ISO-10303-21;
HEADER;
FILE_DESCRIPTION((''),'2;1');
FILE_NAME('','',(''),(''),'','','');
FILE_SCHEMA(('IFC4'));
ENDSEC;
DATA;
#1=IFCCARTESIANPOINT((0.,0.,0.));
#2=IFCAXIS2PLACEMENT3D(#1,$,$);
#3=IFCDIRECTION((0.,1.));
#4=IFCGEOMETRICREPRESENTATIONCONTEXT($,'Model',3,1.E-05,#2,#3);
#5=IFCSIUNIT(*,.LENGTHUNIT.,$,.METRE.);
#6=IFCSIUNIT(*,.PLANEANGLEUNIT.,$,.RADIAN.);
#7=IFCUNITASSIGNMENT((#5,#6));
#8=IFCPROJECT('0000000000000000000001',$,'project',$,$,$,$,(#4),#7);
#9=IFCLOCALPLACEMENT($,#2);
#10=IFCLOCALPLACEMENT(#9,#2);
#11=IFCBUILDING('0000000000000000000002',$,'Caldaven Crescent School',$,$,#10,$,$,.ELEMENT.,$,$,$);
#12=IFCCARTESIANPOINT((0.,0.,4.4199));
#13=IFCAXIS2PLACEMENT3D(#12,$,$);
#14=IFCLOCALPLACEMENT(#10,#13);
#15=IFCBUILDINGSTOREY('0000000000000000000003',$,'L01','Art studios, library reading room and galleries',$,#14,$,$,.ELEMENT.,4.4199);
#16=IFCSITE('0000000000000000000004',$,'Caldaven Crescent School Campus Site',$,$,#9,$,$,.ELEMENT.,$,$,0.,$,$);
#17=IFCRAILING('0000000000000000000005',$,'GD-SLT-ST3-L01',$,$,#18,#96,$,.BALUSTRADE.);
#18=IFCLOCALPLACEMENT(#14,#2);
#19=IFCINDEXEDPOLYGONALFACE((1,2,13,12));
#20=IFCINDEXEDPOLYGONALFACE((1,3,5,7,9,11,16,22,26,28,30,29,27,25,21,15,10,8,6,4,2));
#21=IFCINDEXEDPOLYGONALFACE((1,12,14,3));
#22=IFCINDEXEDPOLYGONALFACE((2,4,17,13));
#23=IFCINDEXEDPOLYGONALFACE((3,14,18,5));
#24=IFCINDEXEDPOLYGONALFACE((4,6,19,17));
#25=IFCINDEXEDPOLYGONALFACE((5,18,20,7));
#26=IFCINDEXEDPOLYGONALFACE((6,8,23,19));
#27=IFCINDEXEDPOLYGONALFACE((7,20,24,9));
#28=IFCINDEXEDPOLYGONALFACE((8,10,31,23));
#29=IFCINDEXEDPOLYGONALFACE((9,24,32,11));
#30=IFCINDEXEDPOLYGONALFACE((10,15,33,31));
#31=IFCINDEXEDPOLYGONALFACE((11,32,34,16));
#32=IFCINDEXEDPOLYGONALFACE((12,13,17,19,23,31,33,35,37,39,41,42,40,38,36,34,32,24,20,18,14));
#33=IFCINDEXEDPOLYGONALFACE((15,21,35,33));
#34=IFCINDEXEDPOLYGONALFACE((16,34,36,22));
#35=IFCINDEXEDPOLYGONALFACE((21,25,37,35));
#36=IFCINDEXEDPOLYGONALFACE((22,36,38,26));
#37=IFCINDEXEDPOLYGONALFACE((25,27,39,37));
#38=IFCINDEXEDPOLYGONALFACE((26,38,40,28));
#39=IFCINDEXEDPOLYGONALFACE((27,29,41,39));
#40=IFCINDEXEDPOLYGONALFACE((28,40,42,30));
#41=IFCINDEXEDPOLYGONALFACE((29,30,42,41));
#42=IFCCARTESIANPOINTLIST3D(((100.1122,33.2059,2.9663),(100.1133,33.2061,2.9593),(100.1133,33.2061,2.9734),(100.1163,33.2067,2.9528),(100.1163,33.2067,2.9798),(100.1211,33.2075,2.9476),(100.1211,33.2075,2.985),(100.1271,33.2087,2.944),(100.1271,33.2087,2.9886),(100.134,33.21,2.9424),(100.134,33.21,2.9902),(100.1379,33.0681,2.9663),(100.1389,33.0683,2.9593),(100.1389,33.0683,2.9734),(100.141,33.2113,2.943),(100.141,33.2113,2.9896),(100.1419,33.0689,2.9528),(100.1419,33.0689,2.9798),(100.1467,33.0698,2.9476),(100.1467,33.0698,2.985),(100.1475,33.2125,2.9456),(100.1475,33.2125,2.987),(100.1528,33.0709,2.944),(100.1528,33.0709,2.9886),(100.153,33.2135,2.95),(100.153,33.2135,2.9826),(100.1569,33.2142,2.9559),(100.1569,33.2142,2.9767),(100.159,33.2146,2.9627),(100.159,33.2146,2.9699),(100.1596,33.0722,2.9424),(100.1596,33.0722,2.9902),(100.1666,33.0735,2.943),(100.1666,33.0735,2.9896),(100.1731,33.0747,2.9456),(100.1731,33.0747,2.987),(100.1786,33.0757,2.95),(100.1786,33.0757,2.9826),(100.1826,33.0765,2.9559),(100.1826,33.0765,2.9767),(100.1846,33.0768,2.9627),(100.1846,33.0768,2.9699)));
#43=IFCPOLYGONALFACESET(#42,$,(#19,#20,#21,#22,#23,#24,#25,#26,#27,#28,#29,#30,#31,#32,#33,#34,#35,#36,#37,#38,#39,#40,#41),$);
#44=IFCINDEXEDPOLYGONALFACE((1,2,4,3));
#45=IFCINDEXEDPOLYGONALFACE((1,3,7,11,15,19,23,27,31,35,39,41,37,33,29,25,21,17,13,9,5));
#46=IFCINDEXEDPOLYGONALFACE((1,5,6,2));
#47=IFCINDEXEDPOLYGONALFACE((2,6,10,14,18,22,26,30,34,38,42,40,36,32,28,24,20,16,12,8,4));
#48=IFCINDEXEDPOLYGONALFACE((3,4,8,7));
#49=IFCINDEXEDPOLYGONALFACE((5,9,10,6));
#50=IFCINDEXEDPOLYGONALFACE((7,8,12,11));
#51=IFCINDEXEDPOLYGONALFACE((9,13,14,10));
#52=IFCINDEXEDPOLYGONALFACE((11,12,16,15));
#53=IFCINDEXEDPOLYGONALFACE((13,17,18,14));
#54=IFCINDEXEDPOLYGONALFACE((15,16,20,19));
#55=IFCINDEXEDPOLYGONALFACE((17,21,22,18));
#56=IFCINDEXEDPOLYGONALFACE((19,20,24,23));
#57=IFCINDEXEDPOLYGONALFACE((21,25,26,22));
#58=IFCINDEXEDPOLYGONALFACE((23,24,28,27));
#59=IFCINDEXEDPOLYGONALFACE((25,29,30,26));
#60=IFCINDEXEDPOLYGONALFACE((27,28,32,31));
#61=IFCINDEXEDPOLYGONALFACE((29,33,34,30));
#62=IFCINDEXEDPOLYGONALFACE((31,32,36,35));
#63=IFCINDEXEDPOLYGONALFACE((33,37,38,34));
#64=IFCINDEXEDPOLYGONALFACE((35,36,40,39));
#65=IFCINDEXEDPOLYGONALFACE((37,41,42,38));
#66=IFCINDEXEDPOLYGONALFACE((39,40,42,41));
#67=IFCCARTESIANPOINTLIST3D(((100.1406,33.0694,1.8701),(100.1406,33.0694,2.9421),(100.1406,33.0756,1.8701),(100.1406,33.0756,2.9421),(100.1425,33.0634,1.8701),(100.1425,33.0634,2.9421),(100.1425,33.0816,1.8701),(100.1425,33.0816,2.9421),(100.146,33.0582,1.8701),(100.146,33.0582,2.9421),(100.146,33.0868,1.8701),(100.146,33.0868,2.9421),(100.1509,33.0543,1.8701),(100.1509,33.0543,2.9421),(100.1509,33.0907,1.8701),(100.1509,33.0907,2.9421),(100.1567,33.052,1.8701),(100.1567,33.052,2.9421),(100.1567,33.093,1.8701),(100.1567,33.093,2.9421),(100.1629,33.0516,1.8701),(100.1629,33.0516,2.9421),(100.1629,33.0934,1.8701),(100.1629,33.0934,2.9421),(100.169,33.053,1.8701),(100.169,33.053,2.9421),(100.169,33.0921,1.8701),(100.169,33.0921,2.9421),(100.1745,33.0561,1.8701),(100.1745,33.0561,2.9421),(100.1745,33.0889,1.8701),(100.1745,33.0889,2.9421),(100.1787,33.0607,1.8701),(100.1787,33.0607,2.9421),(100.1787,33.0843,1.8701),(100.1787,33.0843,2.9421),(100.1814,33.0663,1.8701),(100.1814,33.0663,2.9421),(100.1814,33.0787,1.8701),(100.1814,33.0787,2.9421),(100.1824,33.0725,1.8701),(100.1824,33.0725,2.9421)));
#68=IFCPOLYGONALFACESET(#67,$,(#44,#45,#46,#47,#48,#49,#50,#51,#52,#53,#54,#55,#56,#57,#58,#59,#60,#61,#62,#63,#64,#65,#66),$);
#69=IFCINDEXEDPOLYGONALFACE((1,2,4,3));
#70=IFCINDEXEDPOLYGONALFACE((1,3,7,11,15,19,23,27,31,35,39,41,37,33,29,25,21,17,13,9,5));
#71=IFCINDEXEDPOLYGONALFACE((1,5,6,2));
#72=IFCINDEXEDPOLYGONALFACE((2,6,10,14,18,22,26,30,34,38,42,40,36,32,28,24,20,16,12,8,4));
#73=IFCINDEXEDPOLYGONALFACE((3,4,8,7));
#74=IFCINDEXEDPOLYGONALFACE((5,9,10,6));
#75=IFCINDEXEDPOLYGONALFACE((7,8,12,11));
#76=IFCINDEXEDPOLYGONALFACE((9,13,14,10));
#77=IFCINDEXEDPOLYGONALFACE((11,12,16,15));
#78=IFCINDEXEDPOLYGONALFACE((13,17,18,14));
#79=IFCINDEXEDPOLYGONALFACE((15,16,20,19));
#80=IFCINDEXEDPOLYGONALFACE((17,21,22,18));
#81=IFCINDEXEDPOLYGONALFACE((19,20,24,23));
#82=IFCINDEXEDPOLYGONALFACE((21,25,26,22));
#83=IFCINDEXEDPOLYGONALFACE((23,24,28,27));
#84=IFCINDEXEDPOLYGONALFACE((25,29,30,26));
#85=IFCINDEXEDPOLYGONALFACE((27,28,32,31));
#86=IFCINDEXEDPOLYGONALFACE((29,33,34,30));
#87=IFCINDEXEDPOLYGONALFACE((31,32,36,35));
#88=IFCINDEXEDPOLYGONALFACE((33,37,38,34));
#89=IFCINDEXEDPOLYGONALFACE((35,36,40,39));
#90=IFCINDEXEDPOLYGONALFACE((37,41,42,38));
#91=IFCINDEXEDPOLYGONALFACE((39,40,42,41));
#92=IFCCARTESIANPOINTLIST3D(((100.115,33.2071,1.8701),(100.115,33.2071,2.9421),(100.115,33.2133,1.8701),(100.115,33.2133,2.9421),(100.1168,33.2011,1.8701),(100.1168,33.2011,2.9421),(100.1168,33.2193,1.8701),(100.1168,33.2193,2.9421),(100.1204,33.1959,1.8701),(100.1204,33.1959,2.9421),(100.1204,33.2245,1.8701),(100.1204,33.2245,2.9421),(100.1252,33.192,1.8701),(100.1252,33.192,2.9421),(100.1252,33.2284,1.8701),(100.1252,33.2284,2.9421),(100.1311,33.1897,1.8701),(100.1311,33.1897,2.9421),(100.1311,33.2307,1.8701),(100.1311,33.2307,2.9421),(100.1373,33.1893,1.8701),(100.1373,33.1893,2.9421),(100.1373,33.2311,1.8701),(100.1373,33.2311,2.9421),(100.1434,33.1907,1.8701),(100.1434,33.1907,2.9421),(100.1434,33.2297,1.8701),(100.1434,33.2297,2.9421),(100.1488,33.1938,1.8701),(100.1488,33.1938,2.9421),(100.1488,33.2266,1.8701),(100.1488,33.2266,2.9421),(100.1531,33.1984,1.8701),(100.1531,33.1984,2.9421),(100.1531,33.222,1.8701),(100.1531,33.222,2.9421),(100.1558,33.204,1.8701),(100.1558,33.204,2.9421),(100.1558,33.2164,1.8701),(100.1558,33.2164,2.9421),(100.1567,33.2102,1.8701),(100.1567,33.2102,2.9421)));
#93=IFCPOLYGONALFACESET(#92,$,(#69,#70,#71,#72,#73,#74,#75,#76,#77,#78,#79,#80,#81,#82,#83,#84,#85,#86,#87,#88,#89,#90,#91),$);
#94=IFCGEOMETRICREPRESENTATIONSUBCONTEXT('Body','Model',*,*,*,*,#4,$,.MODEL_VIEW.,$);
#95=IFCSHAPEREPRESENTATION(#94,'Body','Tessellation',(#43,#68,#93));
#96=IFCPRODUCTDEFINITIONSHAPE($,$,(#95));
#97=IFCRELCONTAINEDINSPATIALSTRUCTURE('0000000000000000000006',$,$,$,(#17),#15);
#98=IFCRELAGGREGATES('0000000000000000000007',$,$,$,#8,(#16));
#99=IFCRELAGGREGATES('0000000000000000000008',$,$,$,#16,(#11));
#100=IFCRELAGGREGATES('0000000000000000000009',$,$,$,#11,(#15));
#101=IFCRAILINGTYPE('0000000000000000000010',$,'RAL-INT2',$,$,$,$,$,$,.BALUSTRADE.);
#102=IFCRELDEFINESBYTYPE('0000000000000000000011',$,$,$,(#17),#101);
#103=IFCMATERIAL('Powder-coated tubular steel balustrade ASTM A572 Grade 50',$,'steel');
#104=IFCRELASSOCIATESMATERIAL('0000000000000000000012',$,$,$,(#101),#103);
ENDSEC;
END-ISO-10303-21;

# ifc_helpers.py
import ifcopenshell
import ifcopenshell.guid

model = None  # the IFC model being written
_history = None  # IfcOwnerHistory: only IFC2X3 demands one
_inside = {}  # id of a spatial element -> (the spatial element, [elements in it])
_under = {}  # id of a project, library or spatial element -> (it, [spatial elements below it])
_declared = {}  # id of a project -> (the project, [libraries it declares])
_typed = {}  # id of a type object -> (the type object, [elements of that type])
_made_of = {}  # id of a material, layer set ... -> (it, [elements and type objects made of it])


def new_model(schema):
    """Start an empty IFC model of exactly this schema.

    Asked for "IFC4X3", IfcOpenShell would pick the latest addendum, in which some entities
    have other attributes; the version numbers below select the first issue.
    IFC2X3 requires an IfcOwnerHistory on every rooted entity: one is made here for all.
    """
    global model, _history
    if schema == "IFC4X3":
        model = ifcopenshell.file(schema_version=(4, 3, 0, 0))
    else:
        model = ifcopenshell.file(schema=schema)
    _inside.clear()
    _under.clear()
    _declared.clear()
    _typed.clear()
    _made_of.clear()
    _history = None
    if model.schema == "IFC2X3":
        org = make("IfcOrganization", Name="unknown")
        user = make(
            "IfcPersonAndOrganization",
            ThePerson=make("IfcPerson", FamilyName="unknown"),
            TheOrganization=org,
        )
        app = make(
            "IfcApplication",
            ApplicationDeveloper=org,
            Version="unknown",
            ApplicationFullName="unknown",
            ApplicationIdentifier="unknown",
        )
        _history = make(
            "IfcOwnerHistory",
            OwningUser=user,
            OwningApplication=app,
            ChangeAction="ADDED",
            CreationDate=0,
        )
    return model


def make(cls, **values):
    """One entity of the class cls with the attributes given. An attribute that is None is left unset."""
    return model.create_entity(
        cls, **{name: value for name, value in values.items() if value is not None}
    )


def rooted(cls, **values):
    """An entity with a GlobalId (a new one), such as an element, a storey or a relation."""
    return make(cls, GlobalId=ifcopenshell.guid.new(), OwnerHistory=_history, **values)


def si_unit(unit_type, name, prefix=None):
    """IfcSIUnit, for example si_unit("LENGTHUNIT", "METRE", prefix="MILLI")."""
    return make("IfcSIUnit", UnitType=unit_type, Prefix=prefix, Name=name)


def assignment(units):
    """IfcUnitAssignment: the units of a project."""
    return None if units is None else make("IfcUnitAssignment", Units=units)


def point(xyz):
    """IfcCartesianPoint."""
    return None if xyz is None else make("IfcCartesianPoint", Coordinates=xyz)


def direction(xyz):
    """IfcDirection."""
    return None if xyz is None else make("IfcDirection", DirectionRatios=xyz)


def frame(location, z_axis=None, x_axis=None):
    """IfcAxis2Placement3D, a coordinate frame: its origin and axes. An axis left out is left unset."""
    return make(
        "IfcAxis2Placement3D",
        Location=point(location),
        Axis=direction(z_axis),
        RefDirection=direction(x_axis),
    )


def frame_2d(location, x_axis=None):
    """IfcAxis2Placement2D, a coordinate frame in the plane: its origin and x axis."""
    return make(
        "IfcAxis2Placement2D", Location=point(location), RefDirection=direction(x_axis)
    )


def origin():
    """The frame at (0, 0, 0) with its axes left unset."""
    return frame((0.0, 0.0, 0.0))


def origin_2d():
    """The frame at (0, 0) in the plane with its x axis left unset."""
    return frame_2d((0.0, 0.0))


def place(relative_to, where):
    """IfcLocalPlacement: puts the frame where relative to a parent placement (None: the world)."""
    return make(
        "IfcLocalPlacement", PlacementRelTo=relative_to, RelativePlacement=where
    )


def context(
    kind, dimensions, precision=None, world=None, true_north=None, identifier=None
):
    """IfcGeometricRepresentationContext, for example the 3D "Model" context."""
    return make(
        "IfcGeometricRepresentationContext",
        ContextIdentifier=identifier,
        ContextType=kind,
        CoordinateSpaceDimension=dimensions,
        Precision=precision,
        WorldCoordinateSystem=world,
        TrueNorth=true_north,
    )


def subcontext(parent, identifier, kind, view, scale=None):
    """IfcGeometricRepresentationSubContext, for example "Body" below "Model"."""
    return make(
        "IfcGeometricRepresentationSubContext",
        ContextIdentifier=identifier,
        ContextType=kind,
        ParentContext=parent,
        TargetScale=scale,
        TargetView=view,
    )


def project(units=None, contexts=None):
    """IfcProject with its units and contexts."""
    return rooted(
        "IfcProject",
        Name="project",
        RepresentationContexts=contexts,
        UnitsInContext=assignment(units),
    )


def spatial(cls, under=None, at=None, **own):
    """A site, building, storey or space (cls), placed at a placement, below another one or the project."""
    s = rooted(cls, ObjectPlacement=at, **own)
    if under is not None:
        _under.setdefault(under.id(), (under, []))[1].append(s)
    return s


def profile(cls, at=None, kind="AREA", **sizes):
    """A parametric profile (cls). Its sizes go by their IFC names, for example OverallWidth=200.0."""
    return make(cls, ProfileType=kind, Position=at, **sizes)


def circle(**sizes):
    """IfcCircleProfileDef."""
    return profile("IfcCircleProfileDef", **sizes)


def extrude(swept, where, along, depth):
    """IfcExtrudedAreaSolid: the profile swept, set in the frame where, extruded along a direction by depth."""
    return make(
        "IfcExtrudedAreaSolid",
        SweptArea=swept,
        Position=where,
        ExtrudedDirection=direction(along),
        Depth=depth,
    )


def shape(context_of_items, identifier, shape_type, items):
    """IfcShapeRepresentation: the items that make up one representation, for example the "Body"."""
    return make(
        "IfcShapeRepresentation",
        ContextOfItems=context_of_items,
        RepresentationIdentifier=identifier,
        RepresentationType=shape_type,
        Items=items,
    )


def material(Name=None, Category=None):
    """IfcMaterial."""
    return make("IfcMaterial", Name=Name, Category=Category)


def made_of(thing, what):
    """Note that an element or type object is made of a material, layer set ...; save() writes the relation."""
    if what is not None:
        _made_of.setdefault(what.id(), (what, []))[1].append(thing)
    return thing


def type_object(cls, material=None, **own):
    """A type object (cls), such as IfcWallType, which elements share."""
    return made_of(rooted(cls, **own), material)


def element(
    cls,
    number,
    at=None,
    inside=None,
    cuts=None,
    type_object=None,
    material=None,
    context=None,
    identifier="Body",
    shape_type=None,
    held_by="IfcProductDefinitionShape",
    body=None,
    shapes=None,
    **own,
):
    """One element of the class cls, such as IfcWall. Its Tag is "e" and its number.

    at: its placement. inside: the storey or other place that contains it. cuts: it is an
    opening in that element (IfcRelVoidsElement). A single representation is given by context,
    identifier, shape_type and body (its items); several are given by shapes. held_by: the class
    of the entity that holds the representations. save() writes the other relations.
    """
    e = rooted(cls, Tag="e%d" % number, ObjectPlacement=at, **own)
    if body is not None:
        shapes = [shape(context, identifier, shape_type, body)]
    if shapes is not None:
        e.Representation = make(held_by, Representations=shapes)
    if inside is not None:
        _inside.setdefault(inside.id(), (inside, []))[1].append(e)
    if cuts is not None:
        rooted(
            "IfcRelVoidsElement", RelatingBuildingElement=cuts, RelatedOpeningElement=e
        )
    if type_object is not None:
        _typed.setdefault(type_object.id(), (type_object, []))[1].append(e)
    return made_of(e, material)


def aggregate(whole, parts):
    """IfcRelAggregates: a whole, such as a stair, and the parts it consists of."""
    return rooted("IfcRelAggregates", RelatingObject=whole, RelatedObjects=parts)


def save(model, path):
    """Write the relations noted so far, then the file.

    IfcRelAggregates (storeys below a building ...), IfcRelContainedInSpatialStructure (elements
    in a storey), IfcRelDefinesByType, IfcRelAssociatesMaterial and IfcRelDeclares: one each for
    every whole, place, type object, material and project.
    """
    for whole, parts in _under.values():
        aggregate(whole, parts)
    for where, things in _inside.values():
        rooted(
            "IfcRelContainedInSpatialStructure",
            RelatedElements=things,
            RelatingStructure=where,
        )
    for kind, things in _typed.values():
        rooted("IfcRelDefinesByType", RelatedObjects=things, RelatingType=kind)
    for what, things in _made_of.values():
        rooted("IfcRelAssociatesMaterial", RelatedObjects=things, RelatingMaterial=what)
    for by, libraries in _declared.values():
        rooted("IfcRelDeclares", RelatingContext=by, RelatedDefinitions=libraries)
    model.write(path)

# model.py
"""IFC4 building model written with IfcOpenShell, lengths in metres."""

from ifc_helpers import new_model, si_unit, direction, frame, origin, origin_2d, place, context, subcontext, project, spatial, circle, extrude, material, type_object, element, save


model = new_model("IFC4")

# Units and contexts
model_context = context("Model", 3, precision=1e-05, world=origin(), true_north=direction((0.0, 1.0)))
body_context = subcontext(model_context, "Body", "Model", "MODEL_VIEW")
ifc_project = project(units=[si_unit("LENGTHUNIT", "METRE"), si_unit("PLANEANGLEUNIT", "RADIAN")], contexts=[model_context])

# Site, building, storey
site_placement = place(None, origin())
site = spatial("IfcSite", under=ifc_project, at=site_placement, Name="Caldaven Crescent School Campus Site", CompositionType="ELEMENT", RefElevation=0.0)
building_placement = place(site_placement, origin())
building = spatial("IfcBuilding", under=site, at=building_placement, Name="Caldaven Crescent School", CompositionType="ELEMENT")
storey_placement = place(building_placement, frame((0.0, 0.0, 4.4199)))
storey = spatial("IfcBuildingStorey", under=building, at=storey_placement, Name="L01", Description="Art studios, library reading room and galleries", CompositionType="ELEMENT", Elevation=4.4199)

# Railing
ifc_material_1 = material(Name="Powder-coated tubular steel balustrade ASTM A572 Grade 50", Category="steel")
railing_type_1 = type_object("IfcRailingType", Name="RAL-INT2", PredefinedType="BALUSTRADE", material=ifc_material_1)
railing_1_placement = place(storey_placement, frame((100.1614, 33.0725, 1.8701)))
element("IfcRailing", 1, at=railing_1_placement, inside=storey, type_object=railing_type_1, Name="GD-SLT-ST3-L01", PredefinedType="BALUSTRADE", context=body_context, shape_type="SweptSolid", body=[
    extrude(circle(Radius=0.0239, at=origin_2d()), frame((0.0, 0.0, 1.0962), z_axis=(-0.183025, 0.983108, 0.0), x_axis=(-0.983108, -0.183025, 0.0)), (0.0, 0.0, 1.0), 0.1401),
    extrude(circle(Radius=0.021, at=origin_2d()), origin(), (0.0, 0.0, 1.0), 1.072),
    extrude(circle(Radius=0.021, at=origin_2d()), frame((-0.0256, 0.1377, 0.0)), (0.0, 0.0, 1.0), 1.072),
])

save(model, "model.ifc")
